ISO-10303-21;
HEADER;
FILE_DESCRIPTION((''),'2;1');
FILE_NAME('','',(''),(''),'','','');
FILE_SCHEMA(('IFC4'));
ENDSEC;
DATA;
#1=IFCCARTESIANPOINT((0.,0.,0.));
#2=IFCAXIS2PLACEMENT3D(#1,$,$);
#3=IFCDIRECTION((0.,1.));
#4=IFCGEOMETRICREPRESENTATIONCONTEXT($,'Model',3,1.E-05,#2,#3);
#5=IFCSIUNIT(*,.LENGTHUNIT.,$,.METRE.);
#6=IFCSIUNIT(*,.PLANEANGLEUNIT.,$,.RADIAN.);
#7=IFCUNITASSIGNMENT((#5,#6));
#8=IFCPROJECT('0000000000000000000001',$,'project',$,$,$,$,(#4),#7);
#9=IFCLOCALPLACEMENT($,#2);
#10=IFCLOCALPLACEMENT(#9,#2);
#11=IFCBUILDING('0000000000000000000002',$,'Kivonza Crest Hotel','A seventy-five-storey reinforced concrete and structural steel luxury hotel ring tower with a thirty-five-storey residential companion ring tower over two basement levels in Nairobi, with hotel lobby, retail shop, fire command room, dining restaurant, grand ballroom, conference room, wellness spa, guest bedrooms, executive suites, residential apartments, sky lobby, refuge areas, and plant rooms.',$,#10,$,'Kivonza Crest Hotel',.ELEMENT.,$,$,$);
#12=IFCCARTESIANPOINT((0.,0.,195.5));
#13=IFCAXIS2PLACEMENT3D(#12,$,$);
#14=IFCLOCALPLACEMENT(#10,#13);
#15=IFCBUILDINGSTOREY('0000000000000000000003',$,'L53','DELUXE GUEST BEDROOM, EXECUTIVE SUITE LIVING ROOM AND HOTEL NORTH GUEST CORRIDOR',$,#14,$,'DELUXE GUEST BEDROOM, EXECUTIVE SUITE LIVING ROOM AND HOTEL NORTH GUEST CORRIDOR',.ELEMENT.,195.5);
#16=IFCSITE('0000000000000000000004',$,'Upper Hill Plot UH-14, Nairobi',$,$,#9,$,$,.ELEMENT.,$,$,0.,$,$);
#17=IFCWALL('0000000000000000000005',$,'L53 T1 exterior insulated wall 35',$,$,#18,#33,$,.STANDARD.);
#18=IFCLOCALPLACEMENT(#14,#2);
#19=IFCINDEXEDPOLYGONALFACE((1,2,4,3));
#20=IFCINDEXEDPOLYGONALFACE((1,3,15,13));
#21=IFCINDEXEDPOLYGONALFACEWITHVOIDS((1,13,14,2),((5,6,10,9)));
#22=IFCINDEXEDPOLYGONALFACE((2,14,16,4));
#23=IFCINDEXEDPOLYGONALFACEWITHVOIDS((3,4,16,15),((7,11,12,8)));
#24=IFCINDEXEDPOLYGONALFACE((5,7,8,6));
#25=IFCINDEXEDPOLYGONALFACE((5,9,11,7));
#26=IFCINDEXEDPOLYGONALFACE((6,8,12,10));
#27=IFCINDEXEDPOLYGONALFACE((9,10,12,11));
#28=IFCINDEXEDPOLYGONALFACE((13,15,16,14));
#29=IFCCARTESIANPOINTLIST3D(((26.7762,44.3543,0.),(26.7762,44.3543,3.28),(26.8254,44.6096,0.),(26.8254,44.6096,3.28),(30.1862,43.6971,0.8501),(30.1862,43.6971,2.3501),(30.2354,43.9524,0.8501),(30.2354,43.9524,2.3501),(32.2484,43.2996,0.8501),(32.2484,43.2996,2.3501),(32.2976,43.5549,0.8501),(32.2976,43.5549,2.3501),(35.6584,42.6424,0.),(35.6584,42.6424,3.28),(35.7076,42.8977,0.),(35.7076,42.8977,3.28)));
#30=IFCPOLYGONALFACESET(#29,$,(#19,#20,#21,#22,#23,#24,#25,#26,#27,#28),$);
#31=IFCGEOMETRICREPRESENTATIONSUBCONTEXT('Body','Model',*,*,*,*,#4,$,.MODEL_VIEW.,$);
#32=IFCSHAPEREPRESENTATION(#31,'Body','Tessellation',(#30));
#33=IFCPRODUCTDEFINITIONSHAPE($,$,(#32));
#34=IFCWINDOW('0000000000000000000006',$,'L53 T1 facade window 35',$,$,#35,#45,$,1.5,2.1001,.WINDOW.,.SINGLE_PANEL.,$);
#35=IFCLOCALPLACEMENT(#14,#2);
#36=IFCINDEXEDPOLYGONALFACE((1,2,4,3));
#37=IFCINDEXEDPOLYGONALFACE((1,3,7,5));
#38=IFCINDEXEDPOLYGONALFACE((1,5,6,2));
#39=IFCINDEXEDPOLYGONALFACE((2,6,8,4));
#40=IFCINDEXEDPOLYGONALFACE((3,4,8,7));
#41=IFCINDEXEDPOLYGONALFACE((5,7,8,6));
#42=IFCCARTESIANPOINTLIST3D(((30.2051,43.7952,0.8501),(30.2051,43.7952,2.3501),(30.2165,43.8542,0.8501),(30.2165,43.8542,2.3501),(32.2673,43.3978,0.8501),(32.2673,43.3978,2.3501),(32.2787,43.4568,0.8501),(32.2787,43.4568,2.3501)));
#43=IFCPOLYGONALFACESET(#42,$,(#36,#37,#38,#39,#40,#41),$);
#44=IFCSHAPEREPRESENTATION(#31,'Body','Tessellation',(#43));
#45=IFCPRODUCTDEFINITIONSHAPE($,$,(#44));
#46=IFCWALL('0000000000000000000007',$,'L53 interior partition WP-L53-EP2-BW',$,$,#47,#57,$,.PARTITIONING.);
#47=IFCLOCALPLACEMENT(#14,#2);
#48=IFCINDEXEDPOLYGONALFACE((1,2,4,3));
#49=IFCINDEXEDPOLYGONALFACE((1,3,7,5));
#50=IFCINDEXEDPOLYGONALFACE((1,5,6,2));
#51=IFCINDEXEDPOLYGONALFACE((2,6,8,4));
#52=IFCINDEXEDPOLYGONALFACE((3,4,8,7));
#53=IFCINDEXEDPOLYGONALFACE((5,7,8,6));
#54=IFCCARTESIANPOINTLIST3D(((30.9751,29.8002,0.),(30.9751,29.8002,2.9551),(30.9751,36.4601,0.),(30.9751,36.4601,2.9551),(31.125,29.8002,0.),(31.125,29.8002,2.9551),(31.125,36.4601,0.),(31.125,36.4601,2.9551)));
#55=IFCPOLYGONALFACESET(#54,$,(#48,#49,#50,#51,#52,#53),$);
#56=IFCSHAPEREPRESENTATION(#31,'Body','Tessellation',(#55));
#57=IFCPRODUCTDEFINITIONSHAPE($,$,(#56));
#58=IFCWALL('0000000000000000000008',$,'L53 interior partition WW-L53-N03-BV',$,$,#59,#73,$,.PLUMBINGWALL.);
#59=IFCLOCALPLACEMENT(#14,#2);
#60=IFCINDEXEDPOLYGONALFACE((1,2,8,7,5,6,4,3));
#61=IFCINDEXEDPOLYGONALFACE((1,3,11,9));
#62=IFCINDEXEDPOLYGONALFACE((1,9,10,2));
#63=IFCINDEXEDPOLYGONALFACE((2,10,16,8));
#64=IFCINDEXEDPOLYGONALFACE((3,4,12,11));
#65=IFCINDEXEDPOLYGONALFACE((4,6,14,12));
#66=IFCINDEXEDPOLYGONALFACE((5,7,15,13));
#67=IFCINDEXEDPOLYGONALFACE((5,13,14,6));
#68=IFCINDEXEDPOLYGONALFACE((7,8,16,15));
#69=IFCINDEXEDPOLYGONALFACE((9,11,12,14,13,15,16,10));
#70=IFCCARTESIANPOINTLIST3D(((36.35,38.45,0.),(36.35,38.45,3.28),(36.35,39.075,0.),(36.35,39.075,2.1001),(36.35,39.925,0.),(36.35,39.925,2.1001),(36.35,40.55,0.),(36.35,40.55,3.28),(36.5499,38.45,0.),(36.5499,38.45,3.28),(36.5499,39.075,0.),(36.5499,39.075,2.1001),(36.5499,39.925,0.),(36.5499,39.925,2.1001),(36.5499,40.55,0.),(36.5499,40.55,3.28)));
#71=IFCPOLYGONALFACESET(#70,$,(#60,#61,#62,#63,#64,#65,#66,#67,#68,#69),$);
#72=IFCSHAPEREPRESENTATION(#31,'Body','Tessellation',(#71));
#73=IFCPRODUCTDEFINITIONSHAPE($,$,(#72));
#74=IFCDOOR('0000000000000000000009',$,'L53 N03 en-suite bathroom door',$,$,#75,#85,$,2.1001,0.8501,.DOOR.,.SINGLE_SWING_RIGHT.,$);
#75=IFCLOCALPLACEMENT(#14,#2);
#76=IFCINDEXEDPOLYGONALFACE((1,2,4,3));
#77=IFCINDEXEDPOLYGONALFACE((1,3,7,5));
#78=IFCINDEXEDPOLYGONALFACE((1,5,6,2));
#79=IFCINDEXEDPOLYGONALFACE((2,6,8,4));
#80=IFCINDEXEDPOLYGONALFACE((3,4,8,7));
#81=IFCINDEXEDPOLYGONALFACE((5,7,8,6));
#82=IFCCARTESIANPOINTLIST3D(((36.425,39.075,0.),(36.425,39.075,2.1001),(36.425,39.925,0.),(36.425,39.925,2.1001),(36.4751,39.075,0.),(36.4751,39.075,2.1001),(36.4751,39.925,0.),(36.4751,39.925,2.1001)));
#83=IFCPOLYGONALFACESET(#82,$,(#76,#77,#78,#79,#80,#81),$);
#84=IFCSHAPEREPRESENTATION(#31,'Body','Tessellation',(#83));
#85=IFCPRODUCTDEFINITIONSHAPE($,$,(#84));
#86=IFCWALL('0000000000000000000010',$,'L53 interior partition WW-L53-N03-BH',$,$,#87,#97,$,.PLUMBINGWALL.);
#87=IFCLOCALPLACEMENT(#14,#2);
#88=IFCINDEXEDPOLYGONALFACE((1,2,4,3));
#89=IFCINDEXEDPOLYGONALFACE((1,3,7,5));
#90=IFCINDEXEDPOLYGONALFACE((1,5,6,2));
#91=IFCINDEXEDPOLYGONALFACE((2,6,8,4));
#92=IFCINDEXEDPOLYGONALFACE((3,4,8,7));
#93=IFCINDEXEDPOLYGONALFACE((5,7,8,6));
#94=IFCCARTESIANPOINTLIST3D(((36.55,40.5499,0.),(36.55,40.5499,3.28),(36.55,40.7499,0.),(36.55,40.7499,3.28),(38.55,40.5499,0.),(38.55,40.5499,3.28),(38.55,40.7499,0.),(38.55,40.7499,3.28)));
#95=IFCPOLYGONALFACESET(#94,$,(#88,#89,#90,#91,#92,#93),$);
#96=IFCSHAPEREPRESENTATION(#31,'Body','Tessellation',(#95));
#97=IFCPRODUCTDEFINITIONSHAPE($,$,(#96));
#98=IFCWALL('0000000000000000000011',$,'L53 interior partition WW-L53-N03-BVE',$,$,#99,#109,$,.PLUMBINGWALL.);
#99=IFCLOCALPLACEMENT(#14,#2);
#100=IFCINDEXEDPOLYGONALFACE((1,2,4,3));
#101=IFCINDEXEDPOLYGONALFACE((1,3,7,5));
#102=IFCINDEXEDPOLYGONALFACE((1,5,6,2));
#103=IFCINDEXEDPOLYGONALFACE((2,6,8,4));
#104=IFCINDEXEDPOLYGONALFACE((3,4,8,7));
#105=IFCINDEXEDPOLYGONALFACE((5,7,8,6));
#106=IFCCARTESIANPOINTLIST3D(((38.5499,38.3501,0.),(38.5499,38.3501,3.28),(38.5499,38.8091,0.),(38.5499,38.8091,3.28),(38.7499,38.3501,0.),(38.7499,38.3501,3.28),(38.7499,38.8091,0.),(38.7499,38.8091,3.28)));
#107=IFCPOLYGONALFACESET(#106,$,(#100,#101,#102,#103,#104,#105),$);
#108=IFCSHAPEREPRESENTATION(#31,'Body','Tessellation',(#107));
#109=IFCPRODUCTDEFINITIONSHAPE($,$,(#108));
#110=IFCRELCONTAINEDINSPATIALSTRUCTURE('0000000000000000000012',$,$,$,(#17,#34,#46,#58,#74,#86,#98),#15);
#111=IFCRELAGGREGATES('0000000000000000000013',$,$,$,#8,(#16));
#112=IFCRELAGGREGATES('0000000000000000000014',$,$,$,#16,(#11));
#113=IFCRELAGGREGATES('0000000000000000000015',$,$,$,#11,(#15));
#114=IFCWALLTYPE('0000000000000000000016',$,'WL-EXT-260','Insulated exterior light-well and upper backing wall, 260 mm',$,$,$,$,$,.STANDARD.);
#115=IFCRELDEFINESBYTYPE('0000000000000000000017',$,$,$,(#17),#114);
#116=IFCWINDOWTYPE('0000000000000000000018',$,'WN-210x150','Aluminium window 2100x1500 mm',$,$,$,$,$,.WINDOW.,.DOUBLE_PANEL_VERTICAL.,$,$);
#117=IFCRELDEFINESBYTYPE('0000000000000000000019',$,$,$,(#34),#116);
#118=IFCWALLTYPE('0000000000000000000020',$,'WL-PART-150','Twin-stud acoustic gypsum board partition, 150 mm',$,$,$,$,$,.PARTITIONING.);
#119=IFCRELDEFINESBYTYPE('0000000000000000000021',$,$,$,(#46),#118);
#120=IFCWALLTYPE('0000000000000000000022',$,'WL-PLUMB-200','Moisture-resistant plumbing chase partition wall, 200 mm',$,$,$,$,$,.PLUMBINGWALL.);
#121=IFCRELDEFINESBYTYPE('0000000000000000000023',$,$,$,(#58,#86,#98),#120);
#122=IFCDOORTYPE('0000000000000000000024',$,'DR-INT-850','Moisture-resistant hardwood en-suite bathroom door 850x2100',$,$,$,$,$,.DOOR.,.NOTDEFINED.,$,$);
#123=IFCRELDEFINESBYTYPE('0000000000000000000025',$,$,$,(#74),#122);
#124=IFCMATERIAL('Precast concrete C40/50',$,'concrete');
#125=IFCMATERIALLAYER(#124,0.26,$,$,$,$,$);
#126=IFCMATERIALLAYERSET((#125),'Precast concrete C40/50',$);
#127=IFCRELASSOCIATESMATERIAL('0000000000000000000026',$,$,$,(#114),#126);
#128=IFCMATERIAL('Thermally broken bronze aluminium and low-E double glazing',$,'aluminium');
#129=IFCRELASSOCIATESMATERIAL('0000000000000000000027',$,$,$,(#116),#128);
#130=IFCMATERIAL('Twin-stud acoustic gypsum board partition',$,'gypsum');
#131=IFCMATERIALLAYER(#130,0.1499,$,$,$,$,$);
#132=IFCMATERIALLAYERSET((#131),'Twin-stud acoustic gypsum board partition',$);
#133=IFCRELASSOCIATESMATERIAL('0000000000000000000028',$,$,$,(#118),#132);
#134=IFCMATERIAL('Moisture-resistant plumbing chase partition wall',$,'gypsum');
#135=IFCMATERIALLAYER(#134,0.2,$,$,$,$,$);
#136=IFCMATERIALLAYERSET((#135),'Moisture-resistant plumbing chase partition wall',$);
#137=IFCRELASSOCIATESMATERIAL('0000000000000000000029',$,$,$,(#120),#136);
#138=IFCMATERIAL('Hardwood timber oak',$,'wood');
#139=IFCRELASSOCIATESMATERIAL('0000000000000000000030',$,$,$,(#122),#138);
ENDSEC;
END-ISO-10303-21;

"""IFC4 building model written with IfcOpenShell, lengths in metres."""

from ifc_helpers import new_model, si_unit, direction, frame, frame_2d, origin, place, context, subcontext, project, spatial, rectangle, extrude, material, layer, layer_set, type_object, element, fill, save


model = new_model("IFC4")

# Units and contexts
model_context = context("Model", 3, precision=1e-05, world=origin(), true_north=direction((0.0, 1.0)))
body_context = subcontext(model_context, "Body", "Model", "MODEL_VIEW")
ifc_project = project(units=[si_unit("LENGTHUNIT", "METRE"), si_unit("PLANEANGLEUNIT", "RADIAN")], contexts=[model_context])

# Site, building, storey
site_placement = place(None, origin())
site = spatial("IfcSite", under=ifc_project, at=site_placement, Name="Upper Hill Plot UH-14, Nairobi", CompositionType="ELEMENT", RefElevation=0.0)
building_placement = place(site_placement, origin())
building = spatial("IfcBuilding", under=site, at=building_placement, Name="Kivonza Crest Hotel", Description="A seventy-five-storey reinforced concrete and structural steel luxury hotel ring tower with a thirty-five-storey residential companion ring tower over two basement levels in Nairobi, with hotel lobby, retail shop, fire command room, dining restaurant, grand ballroom, conference room, wellness spa, guest bedrooms, executive suites, residential apartments, sky lobby, refuge areas, and plant rooms.", LongName="Kivonza Crest Hotel", CompositionType="ELEMENT")
storey_placement = place(building_placement, frame((0.0, 0.0, 195.5)))
storey = spatial("IfcBuildingStorey", under=building, at=storey_placement, Name="L53", Description="DELUXE GUEST BEDROOM, EXECUTIVE SUITE LIVING ROOM AND HOTEL NORTH GUEST CORRIDOR", LongName="DELUXE GUEST BEDROOM, EXECUTIVE SUITE LIVING ROOM AND HOTEL NORTH GUEST CORRIDOR", CompositionType="ELEMENT", Elevation=195.5)

# Shared definitions
ifc_material_1 = material(Name="Hardwood timber oak", Category="wood")

# Shared definitions
ifc_material_2 = material(Name="Precast concrete C40/50", Category="concrete")
ifc_layer_1 = layer(ifc_material_2, 0.26)
ifc_layer_set_1 = layer_set([ifc_layer_1], Name="Precast concrete C40/50")
wall_type_1 = type_object("IfcWallType", Name="WL-EXT-260", Description="Insulated exterior light-well and upper backing wall, 260 mm", PredefinedType="STANDARD", material=ifc_layer_set_1)

# Shared definitions
ifc_material_3 = material(Name="Thermally broken bronze aluminium and low-E double glazing", Category="aluminium")
window_type = type_object("IfcWindowType", Name="WN-210x150", Description="Aluminium window 2100x1500 mm", PartitioningType="DOUBLE_PANEL_VERTICAL", PredefinedType="WINDOW", material=ifc_material_3)

# Wall, opening, window
wall_1_placement = place(storey_placement, frame((35.6831, 42.77, 0.0), z_axis=(0.0, 0.0, 1.0), x_axis=(-0.981928, 0.189255, 0.0)))
wall_1 = element("IfcWall", 1, at=wall_1_placement, inside=storey, type_object=wall_type_1, Name="L53 T1 exterior insulated wall 35", PredefinedType="STANDARD", context=body_context, shape_type="SweptSolid", body=[
    extrude(rectangle(XDim=9.0457, YDim=0.26, at=frame_2d((4.5229, 0.0))), origin(), (0.0, 0.0, 1.0), 3.28),
])
opening_1_placement = place(wall_1_placement, frame((3.4729, 0.0, 0.8501)))
opening_1 = element("IfcOpeningElement", 2, at=opening_1_placement, cuts=wall_1, PredefinedType="OPENING", context=body_context, shape_type="SweptSolid", body=[
    extrude(rectangle(XDim=2.1001, YDim=1.5, at=frame_2d((1.05, 0.75))), frame((0.0, 0.1401, 0.0), z_axis=(0.0, -1.0, 0.0), x_axis=(1.0, 0.0, 0.0)), (0.0, 0.0, 1.0), 0.28),
])
window_1_placement = place(opening_1_placement, origin())
window_1 = element("IfcWindow", 3, at=window_1_placement, inside=storey, type_object=window_type, Name="L53 T1 facade window 35", OverallHeight=1.5, OverallWidth=2.1001, PartitioningType="SINGLE_PANEL", PredefinedType="WINDOW", context=body_context, shape_type="SweptSolid", body=[
    extrude(rectangle(XDim=2.1001, YDim=1.5, at=frame_2d((1.05, 0.75))), frame((0.0, 0.03, 0.0), z_axis=(0.0, -1.0, 0.0), x_axis=(1.0, 0.0, 0.0)), (0.0, 0.0, 1.0), 0.0601),
])
fill(opening_1, window_1)

# Wall
ifc_material_4 = material(Name="Twin-stud acoustic gypsum board partition", Category="gypsum")
ifc_layer_2 = layer(ifc_material_4, 0.1499)
ifc_layer_set_2 = layer_set([ifc_layer_2], Name="Twin-stud acoustic gypsum board partition")
wall_type_2 = type_object("IfcWallType", Name="WL-PART-150", Description="Twin-stud acoustic gypsum board partition, 150 mm", PredefinedType="PARTITIONING", material=ifc_layer_set_2)
wall_2_placement = place(storey_placement, frame((31.05, 29.8, 0.0), z_axis=(0.0, 0.0, 1.0), x_axis=(0.0, 1.0, 0.0)))
element("IfcWall", 4, at=wall_2_placement, inside=storey, type_object=wall_type_2, Name="L53 interior partition WP-L53-EP2-BW", PredefinedType="PARTITIONING", context=body_context, shape_type="SweptSolid", body=[
    extrude(rectangle(XDim=6.6599, YDim=0.1499, at=frame_2d((3.3301, 0.0))), origin(), (0.0, 0.0, 1.0), 2.9551),
])

# Wall, opening, door
ifc_material_5 = material(Name="Moisture-resistant plumbing chase partition wall", Category="gypsum")
ifc_layer_3 = layer(ifc_material_5, 0.2)
ifc_layer_set_3 = layer_set([ifc_layer_3], Name="Moisture-resistant plumbing chase partition wall")
wall_type_3 = type_object("IfcWallType", Name="WL-PLUMB-200", Description="Moisture-resistant plumbing chase partition wall, 200 mm", PredefinedType="PLUMBINGWALL", material=ifc_layer_set_3)
wall_3_placement = place(storey_placement, frame((36.45, 38.45, 0.0), z_axis=(0.0, 0.0, 1.0), x_axis=(0.0, 1.0, 0.0)))
wall_3 = element("IfcWall", 5, at=wall_3_placement, inside=storey, type_object=wall_type_3, Name="L53 interior partition WW-L53-N03-BV", PredefinedType="PLUMBINGWALL", context=body_context, shape_type="SweptSolid", body=[
    extrude(rectangle(XDim=2.1001, YDim=0.2, at=frame_2d((1.05, 0.0))), origin(), (0.0, 0.0, 1.0), 3.28),
])
opening_2_placement = place(wall_3_placement, frame((0.625, 0.0, 0.0)))
opening_2 = element("IfcOpeningElement", 6, at=opening_2_placement, cuts=wall_3, PredefinedType="OPENING", context=body_context, shape_type="SweptSolid", body=[
    extrude(rectangle(XDim=0.8501, YDim=2.1001, at=frame_2d((0.425, 1.05))), frame((0.0, 0.1099, 0.0), z_axis=(0.0, -1.0, 0.0), x_axis=(1.0, 0.0, 0.0)), (0.0, 0.0, 1.0), 0.22),
])
door_type_1 = type_object("IfcDoorType", Name="DR-INT-850", Description="Moisture-resistant hardwood en-suite bathroom door 850x2100", OperationType="NOTDEFINED", PredefinedType="DOOR", material=ifc_material_1)
door_1_placement = place(opening_2_placement, origin())
door_1 = element("IfcDoor", 7, at=door_1_placement, inside=storey, type_object=door_type_1, Name="L53 N03 en-suite bathroom door", OperationType="SINGLE_SWING_RIGHT", OverallHeight=2.1001, OverallWidth=0.8501, PredefinedType="DOOR", context=body_context, shape_type="SweptSolid", body=[
    extrude(rectangle(XDim=0.8501, YDim=2.1001, at=frame_2d((0.425, 1.05))), frame((0.0, 0.0249, 0.0), z_axis=(0.0, -1.0, 0.0), x_axis=(1.0, 0.0, 0.0)), (0.0, 0.0, 1.0), 0.05),
])
fill(opening_2, door_1)

# Walls
wall_4_placement = place(storey_placement, frame((36.55, 40.6499, 0.0), z_axis=(0.0, 0.0, 1.0), x_axis=(1.0, 0.0, 0.0)))
element("IfcWall", 8, at=wall_4_placement, inside=storey, type_object=wall_type_3, Name="L53 interior partition WW-L53-N03-BH", PredefinedType="PLUMBINGWALL", context=body_context, shape_type="SweptSolid", body=[
    extrude(rectangle(XDim=2.0, YDim=0.2, at=frame_2d((1.0, 0.0))), origin(), (0.0, 0.0, 1.0), 3.28),
])
wall_5_placement = place(storey_placement, frame((38.6499, 38.3501, 0.0), z_axis=(0.0, 0.0, 1.0), x_axis=(0.0, 1.0, 0.0)))
element("IfcWall", 9, at=wall_5_placement, inside=storey, type_object=wall_type_3, Name="L53 interior partition WW-L53-N03-BVE", PredefinedType="PLUMBINGWALL", context=body_context, shape_type="SweptSolid", body=[
    extrude(rectangle(XDim=0.459, YDim=0.2, at=frame_2d((0.2295, 0.0))), origin(), (0.0, 0.0, 1.0), 3.28),
])

save(model, "model.ifc")
